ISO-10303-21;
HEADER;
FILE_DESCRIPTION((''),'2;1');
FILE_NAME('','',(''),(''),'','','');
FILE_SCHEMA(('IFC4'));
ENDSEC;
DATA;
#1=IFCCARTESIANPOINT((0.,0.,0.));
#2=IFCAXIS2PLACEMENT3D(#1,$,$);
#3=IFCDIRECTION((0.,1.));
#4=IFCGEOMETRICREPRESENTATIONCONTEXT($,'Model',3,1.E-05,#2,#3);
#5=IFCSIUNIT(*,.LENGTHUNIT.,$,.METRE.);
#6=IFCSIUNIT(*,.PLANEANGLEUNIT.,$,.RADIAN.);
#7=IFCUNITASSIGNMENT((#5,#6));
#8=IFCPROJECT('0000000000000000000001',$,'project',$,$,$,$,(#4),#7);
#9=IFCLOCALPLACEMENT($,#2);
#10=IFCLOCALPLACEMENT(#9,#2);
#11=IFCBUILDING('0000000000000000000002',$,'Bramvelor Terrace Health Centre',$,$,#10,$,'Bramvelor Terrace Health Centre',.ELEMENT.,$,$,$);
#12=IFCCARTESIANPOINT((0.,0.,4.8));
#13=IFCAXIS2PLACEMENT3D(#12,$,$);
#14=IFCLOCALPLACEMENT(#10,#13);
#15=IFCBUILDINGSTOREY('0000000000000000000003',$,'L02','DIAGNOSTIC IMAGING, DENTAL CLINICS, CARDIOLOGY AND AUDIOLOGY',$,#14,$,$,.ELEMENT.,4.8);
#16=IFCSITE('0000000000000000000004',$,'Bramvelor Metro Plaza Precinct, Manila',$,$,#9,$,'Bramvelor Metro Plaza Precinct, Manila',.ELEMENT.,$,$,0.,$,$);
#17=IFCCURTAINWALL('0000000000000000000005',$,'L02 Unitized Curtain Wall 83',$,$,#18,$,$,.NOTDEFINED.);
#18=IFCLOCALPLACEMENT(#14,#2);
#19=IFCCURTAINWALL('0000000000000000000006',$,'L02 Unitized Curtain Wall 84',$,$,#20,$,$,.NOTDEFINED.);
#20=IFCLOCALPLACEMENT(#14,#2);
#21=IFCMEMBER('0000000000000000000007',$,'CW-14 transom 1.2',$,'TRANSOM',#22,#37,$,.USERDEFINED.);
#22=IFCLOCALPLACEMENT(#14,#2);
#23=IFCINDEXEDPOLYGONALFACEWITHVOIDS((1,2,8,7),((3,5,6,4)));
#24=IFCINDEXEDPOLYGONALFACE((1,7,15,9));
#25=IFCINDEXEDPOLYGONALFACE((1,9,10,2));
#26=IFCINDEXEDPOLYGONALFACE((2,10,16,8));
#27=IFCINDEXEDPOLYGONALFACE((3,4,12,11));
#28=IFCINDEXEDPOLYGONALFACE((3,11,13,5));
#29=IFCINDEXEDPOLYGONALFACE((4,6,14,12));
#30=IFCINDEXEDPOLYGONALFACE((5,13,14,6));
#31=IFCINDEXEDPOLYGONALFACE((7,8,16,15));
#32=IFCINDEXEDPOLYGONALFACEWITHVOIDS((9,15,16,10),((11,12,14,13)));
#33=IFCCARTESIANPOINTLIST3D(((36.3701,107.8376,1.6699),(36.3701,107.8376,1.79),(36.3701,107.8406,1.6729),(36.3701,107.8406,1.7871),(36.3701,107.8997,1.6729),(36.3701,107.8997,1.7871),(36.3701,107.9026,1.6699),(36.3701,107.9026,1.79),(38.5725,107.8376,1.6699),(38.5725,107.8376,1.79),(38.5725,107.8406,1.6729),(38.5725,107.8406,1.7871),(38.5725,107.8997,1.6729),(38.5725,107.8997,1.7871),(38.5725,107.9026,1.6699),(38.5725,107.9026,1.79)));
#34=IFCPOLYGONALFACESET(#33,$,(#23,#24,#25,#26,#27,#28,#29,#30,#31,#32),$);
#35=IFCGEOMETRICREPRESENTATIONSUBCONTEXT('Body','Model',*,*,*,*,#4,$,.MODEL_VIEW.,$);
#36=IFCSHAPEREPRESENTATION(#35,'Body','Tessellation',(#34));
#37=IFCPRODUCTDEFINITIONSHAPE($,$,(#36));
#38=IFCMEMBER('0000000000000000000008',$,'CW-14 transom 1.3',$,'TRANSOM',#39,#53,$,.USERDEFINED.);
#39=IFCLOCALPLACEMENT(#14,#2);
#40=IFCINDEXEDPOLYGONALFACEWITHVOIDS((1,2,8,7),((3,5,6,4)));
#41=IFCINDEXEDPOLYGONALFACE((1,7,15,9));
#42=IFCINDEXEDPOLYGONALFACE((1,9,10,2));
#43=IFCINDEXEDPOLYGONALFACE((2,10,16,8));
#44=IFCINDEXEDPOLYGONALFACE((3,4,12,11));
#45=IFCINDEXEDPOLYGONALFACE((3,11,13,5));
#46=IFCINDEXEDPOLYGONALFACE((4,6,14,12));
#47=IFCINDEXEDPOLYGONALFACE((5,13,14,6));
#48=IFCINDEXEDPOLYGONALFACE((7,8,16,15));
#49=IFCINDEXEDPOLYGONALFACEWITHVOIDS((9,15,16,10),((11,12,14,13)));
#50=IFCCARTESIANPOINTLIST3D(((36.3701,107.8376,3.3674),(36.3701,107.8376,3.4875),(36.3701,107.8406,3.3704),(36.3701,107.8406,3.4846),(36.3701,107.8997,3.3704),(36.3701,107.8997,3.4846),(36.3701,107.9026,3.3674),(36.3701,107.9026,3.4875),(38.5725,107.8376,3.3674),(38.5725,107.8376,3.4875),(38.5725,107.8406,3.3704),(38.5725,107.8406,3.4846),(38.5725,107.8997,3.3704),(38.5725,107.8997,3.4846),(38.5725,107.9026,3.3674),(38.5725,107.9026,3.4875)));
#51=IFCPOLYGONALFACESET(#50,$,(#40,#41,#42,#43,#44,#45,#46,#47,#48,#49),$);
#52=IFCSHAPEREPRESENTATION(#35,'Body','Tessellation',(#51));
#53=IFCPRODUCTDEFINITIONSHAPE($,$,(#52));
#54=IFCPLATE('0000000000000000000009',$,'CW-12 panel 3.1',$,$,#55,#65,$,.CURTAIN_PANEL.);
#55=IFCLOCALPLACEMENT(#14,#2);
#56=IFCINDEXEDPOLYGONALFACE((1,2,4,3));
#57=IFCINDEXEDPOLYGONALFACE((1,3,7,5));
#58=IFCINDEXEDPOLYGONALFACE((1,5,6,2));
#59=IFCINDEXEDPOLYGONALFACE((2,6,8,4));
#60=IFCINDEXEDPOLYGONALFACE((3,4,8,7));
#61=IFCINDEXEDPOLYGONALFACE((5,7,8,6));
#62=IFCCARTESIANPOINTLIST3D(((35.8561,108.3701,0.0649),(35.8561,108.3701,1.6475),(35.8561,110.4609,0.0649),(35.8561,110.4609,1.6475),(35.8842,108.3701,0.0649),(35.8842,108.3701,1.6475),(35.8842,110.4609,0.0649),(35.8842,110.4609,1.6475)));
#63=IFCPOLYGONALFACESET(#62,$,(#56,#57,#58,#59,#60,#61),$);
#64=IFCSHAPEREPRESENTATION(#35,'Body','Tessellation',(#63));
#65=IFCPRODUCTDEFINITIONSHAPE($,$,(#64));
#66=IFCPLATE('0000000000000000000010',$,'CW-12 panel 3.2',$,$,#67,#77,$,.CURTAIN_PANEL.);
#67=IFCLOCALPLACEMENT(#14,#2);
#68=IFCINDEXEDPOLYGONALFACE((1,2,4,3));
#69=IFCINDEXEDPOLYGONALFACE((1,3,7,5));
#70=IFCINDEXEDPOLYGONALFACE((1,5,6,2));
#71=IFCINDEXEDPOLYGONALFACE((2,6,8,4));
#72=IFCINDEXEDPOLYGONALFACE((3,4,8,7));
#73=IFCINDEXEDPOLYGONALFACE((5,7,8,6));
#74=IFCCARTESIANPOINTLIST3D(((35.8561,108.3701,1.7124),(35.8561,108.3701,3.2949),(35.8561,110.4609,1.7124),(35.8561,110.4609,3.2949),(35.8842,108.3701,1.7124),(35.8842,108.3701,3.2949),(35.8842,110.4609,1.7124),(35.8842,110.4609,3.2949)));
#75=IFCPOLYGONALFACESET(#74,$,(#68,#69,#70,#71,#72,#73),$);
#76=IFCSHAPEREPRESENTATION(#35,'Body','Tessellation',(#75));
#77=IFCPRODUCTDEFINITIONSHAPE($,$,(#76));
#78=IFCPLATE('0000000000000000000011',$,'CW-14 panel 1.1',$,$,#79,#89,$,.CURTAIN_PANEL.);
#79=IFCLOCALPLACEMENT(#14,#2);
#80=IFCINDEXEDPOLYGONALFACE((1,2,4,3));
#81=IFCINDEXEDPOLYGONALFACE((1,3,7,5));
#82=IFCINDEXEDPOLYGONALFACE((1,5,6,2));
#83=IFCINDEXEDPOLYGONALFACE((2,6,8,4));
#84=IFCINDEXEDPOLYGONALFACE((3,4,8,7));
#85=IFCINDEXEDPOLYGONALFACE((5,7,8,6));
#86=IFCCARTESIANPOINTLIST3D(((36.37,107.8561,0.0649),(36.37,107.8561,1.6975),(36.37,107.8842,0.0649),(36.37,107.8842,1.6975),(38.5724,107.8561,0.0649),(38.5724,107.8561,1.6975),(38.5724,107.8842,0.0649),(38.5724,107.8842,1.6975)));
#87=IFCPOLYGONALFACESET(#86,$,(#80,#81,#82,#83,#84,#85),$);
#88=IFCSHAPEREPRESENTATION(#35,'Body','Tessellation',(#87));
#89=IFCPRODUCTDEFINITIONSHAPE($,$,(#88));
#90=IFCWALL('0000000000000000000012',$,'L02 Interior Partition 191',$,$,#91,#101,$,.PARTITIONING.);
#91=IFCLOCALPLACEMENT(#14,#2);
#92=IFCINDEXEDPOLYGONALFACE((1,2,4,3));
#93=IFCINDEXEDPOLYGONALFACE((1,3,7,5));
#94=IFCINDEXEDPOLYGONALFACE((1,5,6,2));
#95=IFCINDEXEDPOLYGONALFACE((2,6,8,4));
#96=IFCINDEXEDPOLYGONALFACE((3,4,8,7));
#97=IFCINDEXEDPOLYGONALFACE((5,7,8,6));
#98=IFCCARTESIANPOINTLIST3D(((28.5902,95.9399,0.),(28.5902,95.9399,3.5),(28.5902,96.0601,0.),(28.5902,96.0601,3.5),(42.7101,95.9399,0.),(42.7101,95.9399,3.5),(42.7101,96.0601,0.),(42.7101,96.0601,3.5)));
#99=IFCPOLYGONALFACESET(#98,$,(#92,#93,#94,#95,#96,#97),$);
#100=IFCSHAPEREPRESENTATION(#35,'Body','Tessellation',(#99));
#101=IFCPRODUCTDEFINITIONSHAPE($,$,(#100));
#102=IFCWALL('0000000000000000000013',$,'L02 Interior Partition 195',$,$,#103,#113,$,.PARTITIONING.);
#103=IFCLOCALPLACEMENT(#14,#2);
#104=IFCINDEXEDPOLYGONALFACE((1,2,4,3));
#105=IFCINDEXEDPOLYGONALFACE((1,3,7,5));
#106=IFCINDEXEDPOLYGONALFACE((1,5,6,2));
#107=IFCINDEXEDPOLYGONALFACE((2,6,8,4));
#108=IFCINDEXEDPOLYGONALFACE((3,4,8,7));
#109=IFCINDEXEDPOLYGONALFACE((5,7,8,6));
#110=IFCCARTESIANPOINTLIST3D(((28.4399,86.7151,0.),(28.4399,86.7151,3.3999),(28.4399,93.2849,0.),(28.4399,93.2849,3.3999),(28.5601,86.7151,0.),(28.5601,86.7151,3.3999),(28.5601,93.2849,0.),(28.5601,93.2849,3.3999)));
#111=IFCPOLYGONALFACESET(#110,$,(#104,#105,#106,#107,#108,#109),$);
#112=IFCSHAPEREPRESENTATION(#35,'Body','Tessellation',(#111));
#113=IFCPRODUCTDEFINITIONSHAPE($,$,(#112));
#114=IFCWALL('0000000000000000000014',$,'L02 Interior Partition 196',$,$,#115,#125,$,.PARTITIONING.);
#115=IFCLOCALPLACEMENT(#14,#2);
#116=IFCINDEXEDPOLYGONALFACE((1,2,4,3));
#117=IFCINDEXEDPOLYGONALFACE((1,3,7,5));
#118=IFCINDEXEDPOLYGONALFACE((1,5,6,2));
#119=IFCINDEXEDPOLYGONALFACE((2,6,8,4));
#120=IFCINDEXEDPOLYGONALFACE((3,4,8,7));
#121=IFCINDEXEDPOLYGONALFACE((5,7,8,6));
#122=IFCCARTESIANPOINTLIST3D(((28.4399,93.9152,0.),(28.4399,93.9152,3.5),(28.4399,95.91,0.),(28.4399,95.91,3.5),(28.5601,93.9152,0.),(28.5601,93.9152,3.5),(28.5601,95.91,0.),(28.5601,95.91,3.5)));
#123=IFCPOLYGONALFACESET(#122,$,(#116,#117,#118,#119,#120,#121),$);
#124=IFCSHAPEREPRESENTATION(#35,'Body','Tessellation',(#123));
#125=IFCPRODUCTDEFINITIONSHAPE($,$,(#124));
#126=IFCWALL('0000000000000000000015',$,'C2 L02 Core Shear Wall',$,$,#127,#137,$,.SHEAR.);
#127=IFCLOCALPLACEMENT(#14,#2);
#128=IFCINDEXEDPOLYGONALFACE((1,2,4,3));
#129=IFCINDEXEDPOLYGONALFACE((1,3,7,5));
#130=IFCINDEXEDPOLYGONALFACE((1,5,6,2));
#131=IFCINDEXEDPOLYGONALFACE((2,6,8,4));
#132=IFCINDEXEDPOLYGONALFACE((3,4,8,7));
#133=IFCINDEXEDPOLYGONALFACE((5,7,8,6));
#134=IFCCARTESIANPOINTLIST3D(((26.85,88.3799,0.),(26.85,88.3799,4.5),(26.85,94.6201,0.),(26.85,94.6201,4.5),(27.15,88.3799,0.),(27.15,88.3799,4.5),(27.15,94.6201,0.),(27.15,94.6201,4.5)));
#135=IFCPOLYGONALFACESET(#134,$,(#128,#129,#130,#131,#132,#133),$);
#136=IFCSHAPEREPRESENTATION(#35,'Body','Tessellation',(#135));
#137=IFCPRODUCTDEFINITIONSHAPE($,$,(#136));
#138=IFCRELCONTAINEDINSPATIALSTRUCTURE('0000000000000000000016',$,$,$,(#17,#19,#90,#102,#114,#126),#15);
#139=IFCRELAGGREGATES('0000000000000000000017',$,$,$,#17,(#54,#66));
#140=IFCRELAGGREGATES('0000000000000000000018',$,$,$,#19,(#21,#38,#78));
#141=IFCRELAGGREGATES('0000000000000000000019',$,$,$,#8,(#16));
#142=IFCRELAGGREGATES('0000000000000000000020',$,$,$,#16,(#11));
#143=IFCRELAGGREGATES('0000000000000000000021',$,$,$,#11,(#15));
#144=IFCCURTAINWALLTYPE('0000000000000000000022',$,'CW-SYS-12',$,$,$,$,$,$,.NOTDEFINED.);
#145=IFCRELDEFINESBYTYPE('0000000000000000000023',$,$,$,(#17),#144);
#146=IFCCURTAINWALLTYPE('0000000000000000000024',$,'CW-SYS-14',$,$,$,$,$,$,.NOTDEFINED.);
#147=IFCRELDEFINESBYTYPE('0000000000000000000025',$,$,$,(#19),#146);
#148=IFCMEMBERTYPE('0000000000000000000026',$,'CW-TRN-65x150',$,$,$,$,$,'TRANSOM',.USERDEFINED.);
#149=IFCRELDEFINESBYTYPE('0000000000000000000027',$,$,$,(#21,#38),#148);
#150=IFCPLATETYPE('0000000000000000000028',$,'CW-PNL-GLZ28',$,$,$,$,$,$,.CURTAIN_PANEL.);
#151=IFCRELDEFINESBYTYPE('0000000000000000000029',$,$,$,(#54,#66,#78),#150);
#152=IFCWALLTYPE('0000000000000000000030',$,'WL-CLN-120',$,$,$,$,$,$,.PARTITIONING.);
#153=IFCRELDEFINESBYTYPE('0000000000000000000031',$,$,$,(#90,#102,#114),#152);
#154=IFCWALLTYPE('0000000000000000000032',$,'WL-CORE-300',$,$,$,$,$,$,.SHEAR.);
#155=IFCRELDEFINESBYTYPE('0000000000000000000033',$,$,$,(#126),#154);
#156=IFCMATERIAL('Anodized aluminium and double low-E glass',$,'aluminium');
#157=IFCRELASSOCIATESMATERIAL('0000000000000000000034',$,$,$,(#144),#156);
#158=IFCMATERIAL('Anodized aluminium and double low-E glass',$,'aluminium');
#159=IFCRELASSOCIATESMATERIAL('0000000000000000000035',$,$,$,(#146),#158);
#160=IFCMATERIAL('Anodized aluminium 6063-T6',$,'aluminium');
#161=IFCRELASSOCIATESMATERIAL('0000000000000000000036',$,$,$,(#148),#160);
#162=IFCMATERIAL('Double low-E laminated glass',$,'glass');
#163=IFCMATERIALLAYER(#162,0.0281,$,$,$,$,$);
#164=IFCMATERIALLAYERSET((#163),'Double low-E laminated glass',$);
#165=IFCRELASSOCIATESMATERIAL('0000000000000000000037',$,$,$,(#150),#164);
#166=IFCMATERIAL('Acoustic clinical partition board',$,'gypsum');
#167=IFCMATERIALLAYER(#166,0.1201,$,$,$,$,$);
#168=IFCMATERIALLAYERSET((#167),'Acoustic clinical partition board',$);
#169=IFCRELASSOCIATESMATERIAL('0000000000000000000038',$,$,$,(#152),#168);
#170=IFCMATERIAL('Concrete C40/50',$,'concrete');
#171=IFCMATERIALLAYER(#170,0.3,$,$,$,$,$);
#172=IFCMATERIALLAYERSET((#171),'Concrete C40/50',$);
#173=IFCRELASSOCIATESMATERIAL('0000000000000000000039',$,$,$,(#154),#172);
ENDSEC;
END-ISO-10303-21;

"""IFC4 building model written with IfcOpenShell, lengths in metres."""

from ifc_helpers import new_model, si_unit, direction, frame, frame_2d, origin, origin_2d, place, context, subcontext, project, spatial, rectangle, hollow_rectangle, extrude, material, layer, layer_set, material_profile, profile_set, type_object, element, aggregate, save


model = new_model("IFC4")

# Units and contexts
model_context = context("Model", 3, precision=1e-05, world=origin(), true_north=direction((0.0, 1.0)))
body_context = subcontext(model_context, "Body", "Model", "MODEL_VIEW")
ifc_project = project(units=[si_unit("LENGTHUNIT", "METRE"), si_unit("PLANEANGLEUNIT", "RADIAN")], contexts=[model_context])

# Site, building, storey
site_placement = place(None, origin())
site = spatial("IfcSite", under=ifc_project, at=site_placement, Name="Bramvelor Metro Plaza Precinct, Manila", LongName="Bramvelor Metro Plaza Precinct, Manila", CompositionType="ELEMENT", RefElevation=0.0)
building_placement = place(site_placement, origin())
building = spatial("IfcBuilding", under=site, at=building_placement, Name="Bramvelor Terrace Health Centre", LongName="Bramvelor Terrace Health Centre", CompositionType="ELEMENT")
storey_placement = place(building_placement, frame((0.0, 0.0, 4.8)))
storey = spatial("IfcBuildingStorey", under=building, at=storey_placement, Name="L02", Description="DIAGNOSTIC IMAGING, DENTAL CLINICS, CARDIOLOGY AND AUDIOLOGY", CompositionType="ELEMENT", Elevation=4.8)

# Curtain walls
ifc_material_1 = material(Name="Anodized aluminium and double low-E glass", Category="aluminium")
curtain_wall_type_1 = type_object("IfcCurtainWallType", Name="CW-SYS-12", PredefinedType="NOTDEFINED", material=ifc_material_1)
curtain_wall_1_placement = place(storey_placement, origin())
curtain_wall_1 = element("IfcCurtainWall", 1, at=curtain_wall_1_placement, inside=storey, type_object=curtain_wall_type_1, Name="L02 Unitized Curtain Wall 83", PredefinedType="NOTDEFINED")
ifc_material_2 = material(Name="Anodized aluminium and double low-E glass", Category="aluminium")
curtain_wall_type_2 = type_object("IfcCurtainWallType", Name="CW-SYS-14", PredefinedType="NOTDEFINED", material=ifc_material_2)
curtain_wall_2_placement = place(storey_placement, origin())
curtain_wall_2 = element("IfcCurtainWall", 2, at=curtain_wall_2_placement, inside=storey, type_object=curtain_wall_type_2, Name="L02 Unitized Curtain Wall 84", PredefinedType="NOTDEFINED")

# Members
ifc_material_3 = material(Name="Anodized aluminium 6063-T6", Category="aluminium")
ifc_material_profile_1 = material_profile(ifc_material_3, hollow_rectangle(XDim=0.0649, YDim=0.1201, WallThickness=0.0029, at=origin_2d()), Name="ALU-TRN 65x120x3.0")
ifc_profile_set_1 = profile_set([ifc_material_profile_1], Name="Anodized aluminium 6063-T6")
member_type_1 = type_object("IfcMemberType", Name="CW-TRN-65x150", ElementType="TRANSOM", PredefinedType="USERDEFINED", material=ifc_profile_set_1)
member_1_placement = place(storey_placement, frame((36.3701, 107.8701, 1.73), z_axis=(1.0, 0.0, 0.0), x_axis=(0.0, 1.0, 0.0)))
member_1 = element("IfcMember", 3, at=member_1_placement, type_object=member_type_1, Name="CW-14 transom 1.2", ObjectType="TRANSOM", PredefinedType="USERDEFINED", context=body_context, shape_type="SweptSolid", body=[
    extrude(hollow_rectangle(XDim=0.0649, YDim=0.1201, WallThickness=0.0029, at=origin_2d()), origin(), (0.0, 0.0, 1.0), 2.2024),
])
member_2_placement = place(storey_placement, frame((36.3701, 107.8701, 3.4275), z_axis=(1.0, 0.0, 0.0), x_axis=(0.0, 1.0, 0.0)))
member_2 = element("IfcMember", 4, at=member_2_placement, type_object=member_type_1, Name="CW-14 transom 1.3", ObjectType="TRANSOM", PredefinedType="USERDEFINED", context=body_context, shape_type="SweptSolid", body=[
    extrude(hollow_rectangle(XDim=0.0649, YDim=0.1201, WallThickness=0.0029, at=origin_2d()), origin(), (0.0, 0.0, 1.0), 2.2024),
])

# Plates
ifc_material_4 = material(Name="Double low-E laminated glass", Category="glass")
ifc_layer_1 = layer(ifc_material_4, 0.0281)
ifc_layer_set_1 = layer_set([ifc_layer_1], Name="Double low-E laminated glass")
plate_type = type_object("IfcPlateType", Name="CW-PNL-GLZ28", PredefinedType="CURTAIN_PANEL", material=ifc_layer_set_1)
plate_1_placement = place(storey_placement, frame((35.8701, 109.4155, 0.0649), z_axis=(0.0, 0.0, 1.0), x_axis=(0.0, -1.0, 0.0)))
plate_1 = element("IfcPlate", 5, at=plate_1_placement, type_object=plate_type, Name="CW-12 panel 3.1", PredefinedType="CURTAIN_PANEL", context=body_context, shape_type="SweptSolid", body=[
    extrude(rectangle(XDim=2.0908, YDim=0.0281, at=origin_2d()), origin(), (0.0, 0.0, 1.0), 1.5825),
])
plate_2_placement = place(storey_placement, frame((35.8701, 109.4155, 1.7124), z_axis=(0.0, 0.0, 1.0), x_axis=(0.0, -1.0, 0.0)))
plate_2 = element("IfcPlate", 6, at=plate_2_placement, type_object=plate_type, Name="CW-12 panel 3.2", PredefinedType="CURTAIN_PANEL", context=body_context, shape_type="SweptSolid", body=[
    extrude(rectangle(XDim=2.0908, YDim=0.0281, at=origin_2d()), origin(), (0.0, 0.0, 1.0), 1.5825),
])
aggregate(curtain_wall_1, [plate_1, plate_2])
plate_3_placement = place(storey_placement, frame((37.4712, 107.8701, 0.0649), z_axis=(0.0, 0.0, 1.0), x_axis=(1.0, 0.0, 0.0)))
plate_3 = element("IfcPlate", 7, at=plate_3_placement, type_object=plate_type, Name="CW-14 panel 1.1", PredefinedType="CURTAIN_PANEL", context=body_context, shape_type="SweptSolid", body=[
    extrude(rectangle(XDim=2.2024, YDim=0.0281, at=origin_2d()), origin(), (0.0, 0.0, 1.0), 1.6326),
])
aggregate(curtain_wall_2, [member_1, member_2, plate_3])

# Walls
ifc_material_5 = material(Name="Acoustic clinical partition board", Category="gypsum")
ifc_layer_2 = layer(ifc_material_5, 0.1201)
ifc_layer_set_2 = layer_set([ifc_layer_2], Name="Acoustic clinical partition board")
wall_type_1 = type_object("IfcWallType", Name="WL-CLN-120", PredefinedType="PARTITIONING", material=ifc_layer_set_2)
wall_1_placement = place(storey_placement, frame((28.5901, 96.0, 0.0), z_axis=(0.0, 0.0, 1.0), x_axis=(1.0, 0.0, 0.0)))
element("IfcWall", 8, at=wall_1_placement, inside=storey, type_object=wall_type_1, Name="L02 Interior Partition 191", PredefinedType="PARTITIONING", context=body_context, shape_type="SweptSolid", body=[
    extrude(rectangle(XDim=14.1199, YDim=0.1201, at=frame_2d((7.0601, 0.0))), origin(), (0.0, 0.0, 1.0), 3.5),
])
wall_2_placement = place(storey_placement, frame((28.5, 86.7151, 0.0), z_axis=(0.0, 0.0, 1.0), x_axis=(0.0, 1.0, 0.0)))
element("IfcWall", 9, at=wall_2_placement, inside=storey, type_object=wall_type_1, Name="L02 Interior Partition 195", PredefinedType="PARTITIONING", context=body_context, shape_type="SweptSolid", body=[
    extrude(rectangle(XDim=6.5698, YDim=0.1201, at=frame_2d((3.2849, 0.0))), origin(), (0.0, 0.0, 1.0), 3.3999),
])
wall_3_placement = place(storey_placement, frame((28.5, 93.915, 0.0), z_axis=(0.0, 0.0, 1.0), x_axis=(0.0, 1.0, 0.0)))
element("IfcWall", 10, at=wall_3_placement, inside=storey, type_object=wall_type_1, Name="L02 Interior Partition 196", PredefinedType="PARTITIONING", context=body_context, shape_type="SweptSolid", body=[
    extrude(rectangle(XDim=1.9949, YDim=0.1201, at=frame_2d((0.9976, 0.0))), origin(), (0.0, 0.0, 1.0), 3.5),
])
ifc_material_6 = material(Name="Concrete C40/50", Category="concrete")
ifc_layer_3 = layer(ifc_material_6, 0.3)
ifc_layer_set_3 = layer_set([ifc_layer_3], Name="Concrete C40/50")
wall_type_2 = type_object("IfcWallType", Name="WL-CORE-300", PredefinedType="SHEAR", material=ifc_layer_set_3)
wall_4_placement = place(storey_placement, frame((27.0, 88.3799, 0.0), z_axis=(0.0, 0.0, 1.0), x_axis=(0.0, 1.0, 0.0)))
element("IfcWall", 11, at=wall_4_placement, inside=storey, type_object=wall_type_2, Name="C2 L02 Core Shear Wall", PredefinedType="SHEAR", context=body_context, shape_type="SweptSolid", body=[
    extrude(rectangle(XDim=6.2402, YDim=0.3, at=frame_2d((3.1201, 0.0))), origin(), (0.0, 0.0, 1.0), 4.5),
])

save(model, "model.ifc")
